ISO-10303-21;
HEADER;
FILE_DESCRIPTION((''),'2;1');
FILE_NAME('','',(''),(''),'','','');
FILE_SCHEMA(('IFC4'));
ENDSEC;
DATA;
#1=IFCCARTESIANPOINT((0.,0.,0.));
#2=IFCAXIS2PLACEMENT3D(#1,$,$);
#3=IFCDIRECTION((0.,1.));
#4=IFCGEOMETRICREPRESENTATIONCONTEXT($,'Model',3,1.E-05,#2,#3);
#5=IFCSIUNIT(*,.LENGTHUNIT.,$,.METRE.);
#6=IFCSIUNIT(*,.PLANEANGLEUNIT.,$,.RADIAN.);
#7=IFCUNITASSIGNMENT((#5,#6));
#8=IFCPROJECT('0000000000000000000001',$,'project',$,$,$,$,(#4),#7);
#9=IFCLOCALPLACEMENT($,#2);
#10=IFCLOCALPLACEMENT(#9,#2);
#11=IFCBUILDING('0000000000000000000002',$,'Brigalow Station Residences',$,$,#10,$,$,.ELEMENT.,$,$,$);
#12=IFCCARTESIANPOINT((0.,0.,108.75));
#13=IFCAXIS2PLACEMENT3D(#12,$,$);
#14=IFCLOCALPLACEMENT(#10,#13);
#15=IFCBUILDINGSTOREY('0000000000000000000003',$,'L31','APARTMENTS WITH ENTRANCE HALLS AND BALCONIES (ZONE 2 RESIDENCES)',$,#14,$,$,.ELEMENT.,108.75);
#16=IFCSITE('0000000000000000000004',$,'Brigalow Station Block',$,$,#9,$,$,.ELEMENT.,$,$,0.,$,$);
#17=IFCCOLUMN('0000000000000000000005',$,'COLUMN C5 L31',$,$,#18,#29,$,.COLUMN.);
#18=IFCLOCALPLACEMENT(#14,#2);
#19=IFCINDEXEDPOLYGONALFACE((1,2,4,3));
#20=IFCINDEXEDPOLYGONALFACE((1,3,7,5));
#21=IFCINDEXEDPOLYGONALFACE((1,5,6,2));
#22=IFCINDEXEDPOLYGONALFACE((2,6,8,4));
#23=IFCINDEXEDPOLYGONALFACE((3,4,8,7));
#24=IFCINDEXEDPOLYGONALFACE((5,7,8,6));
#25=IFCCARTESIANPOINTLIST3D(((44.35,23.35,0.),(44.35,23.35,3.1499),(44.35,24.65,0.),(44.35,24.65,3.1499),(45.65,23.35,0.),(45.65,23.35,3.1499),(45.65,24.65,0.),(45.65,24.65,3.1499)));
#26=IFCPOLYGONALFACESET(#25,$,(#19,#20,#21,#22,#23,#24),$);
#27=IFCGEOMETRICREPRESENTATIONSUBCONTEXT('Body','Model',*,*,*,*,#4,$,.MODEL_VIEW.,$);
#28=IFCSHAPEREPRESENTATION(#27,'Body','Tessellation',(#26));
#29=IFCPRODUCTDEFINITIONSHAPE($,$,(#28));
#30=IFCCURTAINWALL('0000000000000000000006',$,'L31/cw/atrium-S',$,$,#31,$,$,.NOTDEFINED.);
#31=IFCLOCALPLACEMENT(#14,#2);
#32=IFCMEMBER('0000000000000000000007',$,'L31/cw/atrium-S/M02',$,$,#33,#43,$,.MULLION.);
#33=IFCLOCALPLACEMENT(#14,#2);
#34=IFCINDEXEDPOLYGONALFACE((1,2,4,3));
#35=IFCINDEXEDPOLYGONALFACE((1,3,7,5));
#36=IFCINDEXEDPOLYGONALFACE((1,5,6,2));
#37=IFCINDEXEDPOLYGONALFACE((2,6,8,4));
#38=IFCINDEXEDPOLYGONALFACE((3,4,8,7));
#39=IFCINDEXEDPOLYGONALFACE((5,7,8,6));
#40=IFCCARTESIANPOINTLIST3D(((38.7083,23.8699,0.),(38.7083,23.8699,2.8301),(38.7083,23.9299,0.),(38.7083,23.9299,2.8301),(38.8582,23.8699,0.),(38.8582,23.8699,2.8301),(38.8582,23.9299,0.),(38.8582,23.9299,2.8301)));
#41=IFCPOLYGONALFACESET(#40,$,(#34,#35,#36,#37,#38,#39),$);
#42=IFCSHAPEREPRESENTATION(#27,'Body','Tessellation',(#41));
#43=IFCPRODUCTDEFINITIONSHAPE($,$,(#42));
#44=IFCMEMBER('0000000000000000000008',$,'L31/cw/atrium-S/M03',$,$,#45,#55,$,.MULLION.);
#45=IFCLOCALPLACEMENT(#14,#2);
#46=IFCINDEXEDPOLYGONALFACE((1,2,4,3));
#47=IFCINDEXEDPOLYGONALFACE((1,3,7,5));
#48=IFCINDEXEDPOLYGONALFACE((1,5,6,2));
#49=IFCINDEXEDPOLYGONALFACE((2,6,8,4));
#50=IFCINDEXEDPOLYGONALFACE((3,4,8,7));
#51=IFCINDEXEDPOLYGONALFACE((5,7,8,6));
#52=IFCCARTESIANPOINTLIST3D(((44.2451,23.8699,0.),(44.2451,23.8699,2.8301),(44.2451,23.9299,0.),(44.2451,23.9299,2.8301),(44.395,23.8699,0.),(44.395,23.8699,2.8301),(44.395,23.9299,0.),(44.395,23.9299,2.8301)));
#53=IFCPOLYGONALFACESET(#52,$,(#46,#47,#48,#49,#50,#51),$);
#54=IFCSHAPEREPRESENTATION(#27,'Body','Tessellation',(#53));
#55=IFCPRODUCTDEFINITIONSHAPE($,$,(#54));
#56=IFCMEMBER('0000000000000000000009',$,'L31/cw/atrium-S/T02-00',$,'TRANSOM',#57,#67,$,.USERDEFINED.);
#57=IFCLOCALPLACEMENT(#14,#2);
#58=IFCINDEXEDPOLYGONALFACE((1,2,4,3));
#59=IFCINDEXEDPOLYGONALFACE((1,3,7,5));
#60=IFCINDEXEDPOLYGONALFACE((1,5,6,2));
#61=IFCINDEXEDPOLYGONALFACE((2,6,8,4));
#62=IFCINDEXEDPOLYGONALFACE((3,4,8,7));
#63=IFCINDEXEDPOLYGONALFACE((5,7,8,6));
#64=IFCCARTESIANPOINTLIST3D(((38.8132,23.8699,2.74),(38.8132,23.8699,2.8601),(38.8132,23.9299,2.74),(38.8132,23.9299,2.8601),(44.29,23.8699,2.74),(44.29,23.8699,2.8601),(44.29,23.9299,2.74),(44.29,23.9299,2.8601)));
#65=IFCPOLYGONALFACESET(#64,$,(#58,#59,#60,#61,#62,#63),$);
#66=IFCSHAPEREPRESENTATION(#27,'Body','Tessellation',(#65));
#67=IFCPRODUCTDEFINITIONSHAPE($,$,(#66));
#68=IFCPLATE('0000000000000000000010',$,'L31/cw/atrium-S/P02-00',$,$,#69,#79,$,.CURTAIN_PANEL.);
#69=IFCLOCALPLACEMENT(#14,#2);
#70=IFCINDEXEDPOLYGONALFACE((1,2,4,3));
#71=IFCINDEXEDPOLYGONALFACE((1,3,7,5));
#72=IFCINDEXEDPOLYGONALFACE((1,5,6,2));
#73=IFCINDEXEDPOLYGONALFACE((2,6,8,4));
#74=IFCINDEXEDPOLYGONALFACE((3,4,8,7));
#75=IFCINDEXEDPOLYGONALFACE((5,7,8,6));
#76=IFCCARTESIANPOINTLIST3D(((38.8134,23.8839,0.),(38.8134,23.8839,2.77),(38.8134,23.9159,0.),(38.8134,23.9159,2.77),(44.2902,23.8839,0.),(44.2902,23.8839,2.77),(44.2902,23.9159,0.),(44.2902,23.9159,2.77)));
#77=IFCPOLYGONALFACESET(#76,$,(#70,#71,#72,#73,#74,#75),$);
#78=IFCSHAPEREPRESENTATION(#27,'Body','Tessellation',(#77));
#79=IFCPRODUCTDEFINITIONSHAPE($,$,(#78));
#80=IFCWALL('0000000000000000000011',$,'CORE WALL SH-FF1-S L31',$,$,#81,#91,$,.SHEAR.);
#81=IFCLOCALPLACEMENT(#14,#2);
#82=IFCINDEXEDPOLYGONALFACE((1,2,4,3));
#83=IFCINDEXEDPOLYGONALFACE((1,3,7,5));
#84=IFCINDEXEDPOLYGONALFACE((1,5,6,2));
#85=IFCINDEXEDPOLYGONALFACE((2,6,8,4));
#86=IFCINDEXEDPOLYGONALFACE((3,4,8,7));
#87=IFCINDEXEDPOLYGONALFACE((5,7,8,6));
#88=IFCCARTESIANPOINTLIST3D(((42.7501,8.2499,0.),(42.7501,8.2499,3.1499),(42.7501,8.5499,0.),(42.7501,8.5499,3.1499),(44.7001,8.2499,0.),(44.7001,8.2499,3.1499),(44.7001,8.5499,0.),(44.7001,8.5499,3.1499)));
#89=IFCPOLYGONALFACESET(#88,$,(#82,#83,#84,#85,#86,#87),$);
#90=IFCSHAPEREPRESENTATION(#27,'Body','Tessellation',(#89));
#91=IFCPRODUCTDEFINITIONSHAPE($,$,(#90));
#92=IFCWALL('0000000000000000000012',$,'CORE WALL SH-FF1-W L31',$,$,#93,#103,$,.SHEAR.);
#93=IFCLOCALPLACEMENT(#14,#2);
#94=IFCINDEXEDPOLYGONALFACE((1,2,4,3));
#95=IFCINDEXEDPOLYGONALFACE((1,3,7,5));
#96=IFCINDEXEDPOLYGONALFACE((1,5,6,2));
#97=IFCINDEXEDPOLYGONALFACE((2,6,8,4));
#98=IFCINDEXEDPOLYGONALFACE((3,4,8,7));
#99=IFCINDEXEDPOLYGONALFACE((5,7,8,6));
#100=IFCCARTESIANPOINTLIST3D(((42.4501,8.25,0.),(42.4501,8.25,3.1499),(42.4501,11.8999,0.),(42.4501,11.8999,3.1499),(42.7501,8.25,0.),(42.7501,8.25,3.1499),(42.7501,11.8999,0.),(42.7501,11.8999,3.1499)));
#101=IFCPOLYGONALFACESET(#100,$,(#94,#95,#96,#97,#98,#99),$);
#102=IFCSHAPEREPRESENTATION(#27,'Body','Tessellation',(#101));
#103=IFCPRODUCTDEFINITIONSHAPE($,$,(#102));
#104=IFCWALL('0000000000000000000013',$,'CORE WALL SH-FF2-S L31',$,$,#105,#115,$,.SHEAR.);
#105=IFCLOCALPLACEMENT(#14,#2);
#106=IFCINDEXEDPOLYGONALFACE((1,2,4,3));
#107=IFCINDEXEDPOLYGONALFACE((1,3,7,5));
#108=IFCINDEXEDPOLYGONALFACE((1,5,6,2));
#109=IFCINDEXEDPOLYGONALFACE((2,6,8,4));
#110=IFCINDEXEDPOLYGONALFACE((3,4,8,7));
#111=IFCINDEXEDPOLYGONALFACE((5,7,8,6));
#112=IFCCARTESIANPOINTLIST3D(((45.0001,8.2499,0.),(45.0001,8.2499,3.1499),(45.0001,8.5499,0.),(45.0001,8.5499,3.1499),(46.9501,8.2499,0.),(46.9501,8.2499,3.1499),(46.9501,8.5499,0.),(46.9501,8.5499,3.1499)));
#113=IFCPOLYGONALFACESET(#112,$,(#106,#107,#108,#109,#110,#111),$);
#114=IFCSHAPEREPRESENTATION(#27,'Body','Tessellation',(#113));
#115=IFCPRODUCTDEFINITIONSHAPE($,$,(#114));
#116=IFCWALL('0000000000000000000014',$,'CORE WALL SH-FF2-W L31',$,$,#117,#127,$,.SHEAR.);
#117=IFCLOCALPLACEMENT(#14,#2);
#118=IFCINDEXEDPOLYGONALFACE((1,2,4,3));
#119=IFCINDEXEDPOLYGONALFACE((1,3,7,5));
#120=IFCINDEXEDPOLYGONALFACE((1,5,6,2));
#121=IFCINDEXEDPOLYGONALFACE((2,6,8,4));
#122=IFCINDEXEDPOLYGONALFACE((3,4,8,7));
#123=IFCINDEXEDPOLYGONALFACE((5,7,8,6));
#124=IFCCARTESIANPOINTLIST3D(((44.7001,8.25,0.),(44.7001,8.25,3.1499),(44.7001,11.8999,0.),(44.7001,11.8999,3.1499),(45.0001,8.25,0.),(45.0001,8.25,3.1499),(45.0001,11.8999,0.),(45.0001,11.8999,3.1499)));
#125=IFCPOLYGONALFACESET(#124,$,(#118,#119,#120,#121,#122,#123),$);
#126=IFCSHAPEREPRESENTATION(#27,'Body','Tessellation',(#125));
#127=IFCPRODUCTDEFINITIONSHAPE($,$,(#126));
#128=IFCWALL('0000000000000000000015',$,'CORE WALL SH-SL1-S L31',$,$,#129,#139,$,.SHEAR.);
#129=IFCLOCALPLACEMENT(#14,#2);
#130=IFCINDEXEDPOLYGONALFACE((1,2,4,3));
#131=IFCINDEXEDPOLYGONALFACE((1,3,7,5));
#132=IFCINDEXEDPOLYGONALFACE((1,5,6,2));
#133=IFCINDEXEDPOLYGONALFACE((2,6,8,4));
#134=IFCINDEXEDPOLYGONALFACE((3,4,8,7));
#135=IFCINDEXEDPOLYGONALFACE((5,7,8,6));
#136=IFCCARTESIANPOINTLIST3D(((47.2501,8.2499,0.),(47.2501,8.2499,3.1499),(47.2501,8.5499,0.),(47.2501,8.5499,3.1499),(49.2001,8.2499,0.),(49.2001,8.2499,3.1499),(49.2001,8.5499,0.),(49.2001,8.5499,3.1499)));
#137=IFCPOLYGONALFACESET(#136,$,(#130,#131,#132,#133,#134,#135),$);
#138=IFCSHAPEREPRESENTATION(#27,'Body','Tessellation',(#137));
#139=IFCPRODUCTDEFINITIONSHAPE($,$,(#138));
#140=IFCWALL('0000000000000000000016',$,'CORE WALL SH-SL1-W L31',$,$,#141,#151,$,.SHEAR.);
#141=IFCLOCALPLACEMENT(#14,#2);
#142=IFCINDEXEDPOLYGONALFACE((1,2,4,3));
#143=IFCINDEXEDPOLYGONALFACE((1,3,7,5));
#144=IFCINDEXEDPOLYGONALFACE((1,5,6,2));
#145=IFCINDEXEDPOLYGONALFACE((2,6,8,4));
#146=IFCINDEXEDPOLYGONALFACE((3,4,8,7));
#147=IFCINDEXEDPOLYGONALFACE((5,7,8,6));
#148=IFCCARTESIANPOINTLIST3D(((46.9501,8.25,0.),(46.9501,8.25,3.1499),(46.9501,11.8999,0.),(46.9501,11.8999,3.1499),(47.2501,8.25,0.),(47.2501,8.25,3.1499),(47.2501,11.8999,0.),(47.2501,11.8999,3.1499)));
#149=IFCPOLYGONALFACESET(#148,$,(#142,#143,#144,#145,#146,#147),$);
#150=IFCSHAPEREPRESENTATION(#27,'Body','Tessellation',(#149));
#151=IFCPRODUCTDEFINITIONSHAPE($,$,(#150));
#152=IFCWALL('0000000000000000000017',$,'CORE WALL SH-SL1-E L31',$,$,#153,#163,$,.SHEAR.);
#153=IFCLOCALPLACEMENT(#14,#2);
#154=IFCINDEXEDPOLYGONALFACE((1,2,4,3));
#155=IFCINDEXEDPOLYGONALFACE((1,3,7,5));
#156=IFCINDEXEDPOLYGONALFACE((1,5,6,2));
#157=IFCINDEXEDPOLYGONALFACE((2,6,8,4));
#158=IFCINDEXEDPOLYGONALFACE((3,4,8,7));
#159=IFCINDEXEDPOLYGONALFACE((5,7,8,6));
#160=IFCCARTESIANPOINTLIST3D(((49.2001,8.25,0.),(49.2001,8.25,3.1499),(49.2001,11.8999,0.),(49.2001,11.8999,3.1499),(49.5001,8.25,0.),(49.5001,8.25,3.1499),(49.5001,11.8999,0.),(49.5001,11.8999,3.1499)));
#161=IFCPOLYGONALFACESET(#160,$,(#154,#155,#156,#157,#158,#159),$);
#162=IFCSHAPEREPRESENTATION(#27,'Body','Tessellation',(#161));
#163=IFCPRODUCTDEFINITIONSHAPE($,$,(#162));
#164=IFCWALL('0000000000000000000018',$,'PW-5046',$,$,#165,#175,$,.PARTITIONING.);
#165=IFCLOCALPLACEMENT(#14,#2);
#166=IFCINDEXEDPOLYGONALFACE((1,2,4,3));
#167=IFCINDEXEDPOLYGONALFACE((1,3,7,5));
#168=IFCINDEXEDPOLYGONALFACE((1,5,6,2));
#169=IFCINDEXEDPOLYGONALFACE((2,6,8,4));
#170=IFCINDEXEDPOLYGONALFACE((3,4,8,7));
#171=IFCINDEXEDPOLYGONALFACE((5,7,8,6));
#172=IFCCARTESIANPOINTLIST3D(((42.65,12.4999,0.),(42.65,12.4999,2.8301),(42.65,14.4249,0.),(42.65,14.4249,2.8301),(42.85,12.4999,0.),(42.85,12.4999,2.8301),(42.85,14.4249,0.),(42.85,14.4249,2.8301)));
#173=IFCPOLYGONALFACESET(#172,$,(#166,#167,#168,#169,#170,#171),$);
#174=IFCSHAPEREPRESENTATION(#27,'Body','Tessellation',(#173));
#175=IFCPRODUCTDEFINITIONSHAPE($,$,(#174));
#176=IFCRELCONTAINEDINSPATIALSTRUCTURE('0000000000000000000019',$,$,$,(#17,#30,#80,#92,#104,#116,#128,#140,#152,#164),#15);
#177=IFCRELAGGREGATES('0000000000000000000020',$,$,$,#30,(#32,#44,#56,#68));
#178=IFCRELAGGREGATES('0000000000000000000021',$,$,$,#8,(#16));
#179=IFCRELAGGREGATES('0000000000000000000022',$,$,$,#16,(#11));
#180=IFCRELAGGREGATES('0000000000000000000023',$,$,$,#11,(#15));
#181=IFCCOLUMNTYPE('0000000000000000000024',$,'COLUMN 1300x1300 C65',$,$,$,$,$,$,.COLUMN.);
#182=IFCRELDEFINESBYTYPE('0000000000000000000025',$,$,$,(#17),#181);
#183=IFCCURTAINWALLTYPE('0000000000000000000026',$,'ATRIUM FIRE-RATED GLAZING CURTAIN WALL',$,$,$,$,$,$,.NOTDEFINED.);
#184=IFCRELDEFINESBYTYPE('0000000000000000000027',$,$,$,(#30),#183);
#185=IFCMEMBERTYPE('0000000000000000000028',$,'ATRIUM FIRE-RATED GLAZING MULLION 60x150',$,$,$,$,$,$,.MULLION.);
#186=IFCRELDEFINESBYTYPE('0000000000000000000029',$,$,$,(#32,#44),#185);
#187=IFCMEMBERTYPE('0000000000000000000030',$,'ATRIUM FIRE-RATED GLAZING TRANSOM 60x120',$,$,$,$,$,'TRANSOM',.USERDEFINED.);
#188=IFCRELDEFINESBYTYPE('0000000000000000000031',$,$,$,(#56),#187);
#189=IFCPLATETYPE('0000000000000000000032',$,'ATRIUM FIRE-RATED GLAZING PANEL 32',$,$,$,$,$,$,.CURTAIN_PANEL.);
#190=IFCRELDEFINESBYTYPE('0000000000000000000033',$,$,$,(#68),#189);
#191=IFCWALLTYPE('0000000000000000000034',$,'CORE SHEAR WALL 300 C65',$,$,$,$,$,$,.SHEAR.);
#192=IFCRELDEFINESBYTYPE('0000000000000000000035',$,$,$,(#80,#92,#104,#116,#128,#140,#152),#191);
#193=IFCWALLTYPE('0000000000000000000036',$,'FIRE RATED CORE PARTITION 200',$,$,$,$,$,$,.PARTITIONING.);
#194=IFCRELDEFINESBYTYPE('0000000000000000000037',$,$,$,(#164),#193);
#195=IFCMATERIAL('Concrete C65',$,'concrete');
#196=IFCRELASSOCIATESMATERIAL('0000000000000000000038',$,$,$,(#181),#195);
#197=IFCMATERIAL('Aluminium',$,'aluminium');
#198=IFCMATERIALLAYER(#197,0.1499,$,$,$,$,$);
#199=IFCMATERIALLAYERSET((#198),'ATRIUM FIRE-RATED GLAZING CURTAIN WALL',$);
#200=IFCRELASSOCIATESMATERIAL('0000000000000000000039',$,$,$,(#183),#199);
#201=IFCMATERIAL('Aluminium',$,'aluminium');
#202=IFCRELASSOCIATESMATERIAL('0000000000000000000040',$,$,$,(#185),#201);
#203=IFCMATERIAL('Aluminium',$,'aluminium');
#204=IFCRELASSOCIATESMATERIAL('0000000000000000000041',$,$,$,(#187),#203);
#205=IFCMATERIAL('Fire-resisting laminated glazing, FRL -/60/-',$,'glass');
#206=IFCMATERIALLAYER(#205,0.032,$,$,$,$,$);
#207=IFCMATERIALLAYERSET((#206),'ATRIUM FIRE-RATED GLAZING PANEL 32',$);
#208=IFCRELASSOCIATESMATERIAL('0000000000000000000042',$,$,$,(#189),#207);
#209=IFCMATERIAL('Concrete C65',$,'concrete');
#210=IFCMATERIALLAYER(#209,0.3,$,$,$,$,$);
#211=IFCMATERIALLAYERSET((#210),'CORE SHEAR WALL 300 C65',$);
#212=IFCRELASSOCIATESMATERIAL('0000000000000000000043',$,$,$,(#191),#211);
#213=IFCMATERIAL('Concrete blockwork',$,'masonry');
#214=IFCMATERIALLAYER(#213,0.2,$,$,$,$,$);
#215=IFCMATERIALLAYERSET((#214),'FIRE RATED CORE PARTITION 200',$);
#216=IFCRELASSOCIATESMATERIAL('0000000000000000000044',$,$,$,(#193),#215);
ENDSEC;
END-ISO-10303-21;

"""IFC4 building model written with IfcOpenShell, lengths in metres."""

from ifc_helpers import new_model, si_unit, direction, frame, frame_2d, origin, origin_2d, place, context, subcontext, project, spatial, rectangle, extrude, material, layer, layer_set, material_profile, profile_set, type_object, element, aggregate, save


model = new_model("IFC4")

# Units and contexts
model_context = context("Model", 3, precision=1e-05, world=origin(), true_north=direction((0.0, 1.0)))
body_context = subcontext(model_context, "Body", "Model", "MODEL_VIEW")
ifc_project = project(units=[si_unit("LENGTHUNIT", "METRE"), si_unit("PLANEANGLEUNIT", "RADIAN")], contexts=[model_context])

# Site, building, storey
site_placement = place(None, origin())
site = spatial("IfcSite", under=ifc_project, at=site_placement, Name="Brigalow Station Block", CompositionType="ELEMENT", RefElevation=0.0)
building_placement = place(site_placement, origin())
building = spatial("IfcBuilding", under=site, at=building_placement, Name="Brigalow Station Residences", CompositionType="ELEMENT")
storey_placement = place(building_placement, frame((0.0, 0.0, 108.75)))
storey = spatial("IfcBuildingStorey", under=building, at=storey_placement, Name="L31", Description="APARTMENTS WITH ENTRANCE HALLS AND BALCONIES (ZONE 2 RESIDENCES)", CompositionType="ELEMENT", Elevation=108.75)

# Column
ifc_material_1 = material(Name="Concrete C65", Category="concrete")
ifc_material_profile_1 = material_profile(ifc_material_1, rectangle(XDim=1.3, YDim=1.3, at=origin_2d()), Name="RC1300x1300")
ifc_profile_set_1 = profile_set([ifc_material_profile_1], Name="Concrete C65")
column_type = type_object("IfcColumnType", Name="COLUMN 1300x1300 C65", PredefinedType="COLUMN", material=ifc_profile_set_1)
column_placement = place(storey_placement, frame((45.0, 24.0, 0.0), z_axis=(0.0, 0.0, 1.0), x_axis=(1.0, 0.0, 0.0)))
element("IfcColumn", 1, at=column_placement, inside=storey, type_object=column_type, Name="COLUMN C5 L31", PredefinedType="COLUMN", context=body_context, shape_type="SweptSolid", body=[
    extrude(rectangle(XDim=1.3, YDim=1.3, at=origin_2d()), origin(), (0.0, 0.0, 1.0), 3.1499),
])

# Curtain wall, members, plate
ifc_material_2 = material(Name="Aluminium", Category="aluminium")
ifc_layer_1 = layer(ifc_material_2, 0.1499)
ifc_layer_set_1 = layer_set([ifc_layer_1], Name="ATRIUM FIRE-RATED GLAZING CURTAIN WALL")
curtain_wall_type = type_object("IfcCurtainWallType", Name="ATRIUM FIRE-RATED GLAZING CURTAIN WALL", PredefinedType="NOTDEFINED", material=ifc_layer_set_1)
curtain_wall_placement = place(storey_placement, origin())
curtain_wall = element("IfcCurtainWall", 2, at=curtain_wall_placement, inside=storey, type_object=curtain_wall_type, Name="L31/cw/atrium-S", PredefinedType="NOTDEFINED")
ifc_material_3 = material(Name="Aluminium", Category="aluminium")
ifc_material_profile_2 = material_profile(ifc_material_3, rectangle(XDim=0.0601, YDim=0.1499, at=origin_2d()), Name="ATRIUM FIRE-RATED GLAZING MULLION 60x150")
ifc_profile_set_2 = profile_set([ifc_material_profile_2], Name="Aluminium")
member_type_1 = type_object("IfcMemberType", Name="ATRIUM FIRE-RATED GLAZING MULLION 60x150", PredefinedType="MULLION", material=ifc_profile_set_2)
member_1_placement = place(storey_placement, frame((38.7832, 23.8999, 0.0), z_axis=(0.0, 0.0, 1.0), x_axis=(0.0, 1.0, 0.0)))
member_1 = element("IfcMember", 3, at=member_1_placement, type_object=member_type_1, Name="L31/cw/atrium-S/M02", PredefinedType="MULLION", context=body_context, shape_type="SweptSolid", body=[
    extrude(rectangle(XDim=0.0601, YDim=0.1499, at=origin_2d()), origin(), (0.0, 0.0, 1.0), 2.8301),
])
member_2_placement = place(storey_placement, frame((44.3201, 23.8999, 0.0), z_axis=(0.0, 0.0, 1.0), x_axis=(0.0, 1.0, 0.0)))
member_2 = element("IfcMember", 4, at=member_2_placement, type_object=member_type_1, Name="L31/cw/atrium-S/M03", PredefinedType="MULLION", context=body_context, shape_type="SweptSolid", body=[
    extrude(rectangle(XDim=0.0601, YDim=0.1499, at=origin_2d()), origin(), (0.0, 0.0, 1.0), 2.8301),
])
ifc_material_4 = material(Name="Aluminium", Category="aluminium")
ifc_material_profile_3 = material_profile(ifc_material_4, rectangle(XDim=0.0601, YDim=0.1201, at=origin_2d()), Name="ATRIUM FIRE-RATED GLAZING TRANSOM 60x120")
ifc_profile_set_3 = profile_set([ifc_material_profile_3], Name="Aluminium")
member_type_2 = type_object("IfcMemberType", Name="ATRIUM FIRE-RATED GLAZING TRANSOM 60x120", ElementType="TRANSOM", PredefinedType="USERDEFINED", material=ifc_profile_set_3)
member_3_placement = place(storey_placement, frame((38.8132, 23.8999, 2.8), z_axis=(1.0, 0.0, 0.0), x_axis=(0.0, 1.0, 0.0)))
member_3 = element("IfcMember", 5, at=member_3_placement, type_object=member_type_2, Name="L31/cw/atrium-S/T02-00", ObjectType="TRANSOM", PredefinedType="USERDEFINED", context=body_context, shape_type="SweptSolid", body=[
    extrude(rectangle(XDim=0.0601, YDim=0.1201, at=origin_2d()), origin(), (0.0, 0.0, 1.0), 5.4768),
])
ifc_material_5 = material(Name="Fire-resisting laminated glazing, FRL -/60/-", Category="glass")
ifc_layer_2 = layer(ifc_material_5, 0.032)
ifc_layer_set_2 = layer_set([ifc_layer_2], Name="ATRIUM FIRE-RATED GLAZING PANEL 32")
plate_type = type_object("IfcPlateType", Name="ATRIUM FIRE-RATED GLAZING PANEL 32", PredefinedType="CURTAIN_PANEL", material=ifc_layer_set_2)
plate_placement = place(storey_placement, frame((41.5518, 23.8999, 0.0), z_axis=(0.0, 0.0, 1.0), x_axis=(1.0, 0.0, 0.0)))
plate = element("IfcPlate", 6, at=plate_placement, type_object=plate_type, Name="L31/cw/atrium-S/P02-00", PredefinedType="CURTAIN_PANEL", context=body_context, shape_type="SweptSolid", body=[
    extrude(rectangle(XDim=5.4768, YDim=0.032, at=origin_2d()), origin(), (0.0, 0.0, 1.0), 2.77),
])
aggregate(curtain_wall, [member_1, member_2, member_3, plate])

# Walls
ifc_material_6 = material(Name="Concrete C65", Category="concrete")
ifc_layer_3 = layer(ifc_material_6, 0.3)
ifc_layer_set_3 = layer_set([ifc_layer_3], Name="CORE SHEAR WALL 300 C65")
wall_type_1 = type_object("IfcWallType", Name="CORE SHEAR WALL 300 C65", PredefinedType="SHEAR", material=ifc_layer_set_3)
wall_1_placement = place(storey_placement, frame((42.75, 8.3999, 0.0), z_axis=(0.0, 0.0, 1.0), x_axis=(1.0, 0.0, 0.0)))
element("IfcWall", 7, at=wall_1_placement, inside=storey, type_object=wall_type_1, Name="CORE WALL SH-FF1-S L31", PredefinedType="SHEAR", context=body_context, shape_type="SweptSolid", body=[
    extrude(rectangle(XDim=1.95, YDim=0.3, at=frame_2d((0.9751, 0.0))), origin(), (0.0, 0.0, 1.0), 3.1499),
])
wall_2_placement = place(storey_placement, frame((42.6001, 8.25, 0.0), z_axis=(0.0, 0.0, 1.0), x_axis=(0.0, 1.0, 0.0)))
element("IfcWall", 8, at=wall_2_placement, inside=storey, type_object=wall_type_1, Name="CORE WALL SH-FF1-W L31", PredefinedType="SHEAR", context=body_context, shape_type="SweptSolid", body=[
    extrude(rectangle(XDim=3.6499, YDim=0.3, at=frame_2d((1.825, 0.0))), origin(), (0.0, 0.0, 1.0), 3.1499),
])
wall_3_placement = place(storey_placement, frame((45.0, 8.3999, 0.0), z_axis=(0.0, 0.0, 1.0), x_axis=(1.0, 0.0, 0.0)))
element("IfcWall", 9, at=wall_3_placement, inside=storey, type_object=wall_type_1, Name="CORE WALL SH-FF2-S L31", PredefinedType="SHEAR", context=body_context, shape_type="SweptSolid", body=[
    extrude(rectangle(XDim=1.95, YDim=0.3, at=frame_2d((0.9751, 0.0))), origin(), (0.0, 0.0, 1.0), 3.1499),
])
wall_4_placement = place(storey_placement, frame((44.8501, 8.25, 0.0), z_axis=(0.0, 0.0, 1.0), x_axis=(0.0, 1.0, 0.0)))
element("IfcWall", 10, at=wall_4_placement, inside=storey, type_object=wall_type_1, Name="CORE WALL SH-FF2-W L31", PredefinedType="SHEAR", context=body_context, shape_type="SweptSolid", body=[
    extrude(rectangle(XDim=3.6499, YDim=0.3, at=frame_2d((1.825, 0.0))), origin(), (0.0, 0.0, 1.0), 3.1499),
])
wall_5_placement = place(storey_placement, frame((47.25, 8.3999, 0.0), z_axis=(0.0, 0.0, 1.0), x_axis=(1.0, 0.0, 0.0)))
element("IfcWall", 11, at=wall_5_placement, inside=storey, type_object=wall_type_1, Name="CORE WALL SH-SL1-S L31", PredefinedType="SHEAR", context=body_context, shape_type="SweptSolid", body=[
    extrude(rectangle(XDim=1.95, YDim=0.3, at=frame_2d((0.9751, 0.0))), origin(), (0.0, 0.0, 1.0), 3.1499),
])
for number, where, z_axis, x_axis, name in (
    (12, (47.1001, 8.25, 0.0), (0.0, 0.0, 1.0), (0.0, 1.0, 0.0), "CORE WALL SH-SL1-W L31"),
    (13, (49.3501, 8.25, 0.0), (0.0, 0.0, 1.0), (0.0, 1.0, 0.0), "CORE WALL SH-SL1-E L31"),
):
    element("IfcWall", number, at=place(storey_placement, frame(where, z_axis=z_axis, x_axis=x_axis)), inside=storey, type_object=wall_type_1, Name=name, PredefinedType="SHEAR", context=body_context, shape_type="SweptSolid", body=[
        extrude(rectangle(XDim=3.6499, YDim=0.3, at=frame_2d((1.825, 0.0))), origin(), (0.0, 0.0, 1.0), 3.1499),
    ])
ifc_material_7 = material(Name="Concrete blockwork", Category="masonry")
ifc_layer_4 = layer(ifc_material_7, 0.2)
ifc_layer_set_4 = layer_set([ifc_layer_4], Name="FIRE RATED CORE PARTITION 200")
wall_type_2 = type_object("IfcWallType", Name="FIRE RATED CORE PARTITION 200", PredefinedType="PARTITIONING", material=ifc_layer_set_4)
wall_6_placement = place(storey_placement, frame((42.75, 12.5, 0.0), z_axis=(0.0, 0.0, 1.0), x_axis=(0.0, 1.0, 0.0)))
element("IfcWall", 14, at=wall_6_placement, inside=storey, type_object=wall_type_2, Name="PW-5046", PredefinedType="PARTITIONING", context=body_context, shape_type="SweptSolid", body=[
    extrude(rectangle(XDim=1.925, YDim=0.2, at=frame_2d((0.9624, 0.0))), origin(), (0.0, 0.0, 1.0), 2.8301),
])

save(model, "model.ifc")
